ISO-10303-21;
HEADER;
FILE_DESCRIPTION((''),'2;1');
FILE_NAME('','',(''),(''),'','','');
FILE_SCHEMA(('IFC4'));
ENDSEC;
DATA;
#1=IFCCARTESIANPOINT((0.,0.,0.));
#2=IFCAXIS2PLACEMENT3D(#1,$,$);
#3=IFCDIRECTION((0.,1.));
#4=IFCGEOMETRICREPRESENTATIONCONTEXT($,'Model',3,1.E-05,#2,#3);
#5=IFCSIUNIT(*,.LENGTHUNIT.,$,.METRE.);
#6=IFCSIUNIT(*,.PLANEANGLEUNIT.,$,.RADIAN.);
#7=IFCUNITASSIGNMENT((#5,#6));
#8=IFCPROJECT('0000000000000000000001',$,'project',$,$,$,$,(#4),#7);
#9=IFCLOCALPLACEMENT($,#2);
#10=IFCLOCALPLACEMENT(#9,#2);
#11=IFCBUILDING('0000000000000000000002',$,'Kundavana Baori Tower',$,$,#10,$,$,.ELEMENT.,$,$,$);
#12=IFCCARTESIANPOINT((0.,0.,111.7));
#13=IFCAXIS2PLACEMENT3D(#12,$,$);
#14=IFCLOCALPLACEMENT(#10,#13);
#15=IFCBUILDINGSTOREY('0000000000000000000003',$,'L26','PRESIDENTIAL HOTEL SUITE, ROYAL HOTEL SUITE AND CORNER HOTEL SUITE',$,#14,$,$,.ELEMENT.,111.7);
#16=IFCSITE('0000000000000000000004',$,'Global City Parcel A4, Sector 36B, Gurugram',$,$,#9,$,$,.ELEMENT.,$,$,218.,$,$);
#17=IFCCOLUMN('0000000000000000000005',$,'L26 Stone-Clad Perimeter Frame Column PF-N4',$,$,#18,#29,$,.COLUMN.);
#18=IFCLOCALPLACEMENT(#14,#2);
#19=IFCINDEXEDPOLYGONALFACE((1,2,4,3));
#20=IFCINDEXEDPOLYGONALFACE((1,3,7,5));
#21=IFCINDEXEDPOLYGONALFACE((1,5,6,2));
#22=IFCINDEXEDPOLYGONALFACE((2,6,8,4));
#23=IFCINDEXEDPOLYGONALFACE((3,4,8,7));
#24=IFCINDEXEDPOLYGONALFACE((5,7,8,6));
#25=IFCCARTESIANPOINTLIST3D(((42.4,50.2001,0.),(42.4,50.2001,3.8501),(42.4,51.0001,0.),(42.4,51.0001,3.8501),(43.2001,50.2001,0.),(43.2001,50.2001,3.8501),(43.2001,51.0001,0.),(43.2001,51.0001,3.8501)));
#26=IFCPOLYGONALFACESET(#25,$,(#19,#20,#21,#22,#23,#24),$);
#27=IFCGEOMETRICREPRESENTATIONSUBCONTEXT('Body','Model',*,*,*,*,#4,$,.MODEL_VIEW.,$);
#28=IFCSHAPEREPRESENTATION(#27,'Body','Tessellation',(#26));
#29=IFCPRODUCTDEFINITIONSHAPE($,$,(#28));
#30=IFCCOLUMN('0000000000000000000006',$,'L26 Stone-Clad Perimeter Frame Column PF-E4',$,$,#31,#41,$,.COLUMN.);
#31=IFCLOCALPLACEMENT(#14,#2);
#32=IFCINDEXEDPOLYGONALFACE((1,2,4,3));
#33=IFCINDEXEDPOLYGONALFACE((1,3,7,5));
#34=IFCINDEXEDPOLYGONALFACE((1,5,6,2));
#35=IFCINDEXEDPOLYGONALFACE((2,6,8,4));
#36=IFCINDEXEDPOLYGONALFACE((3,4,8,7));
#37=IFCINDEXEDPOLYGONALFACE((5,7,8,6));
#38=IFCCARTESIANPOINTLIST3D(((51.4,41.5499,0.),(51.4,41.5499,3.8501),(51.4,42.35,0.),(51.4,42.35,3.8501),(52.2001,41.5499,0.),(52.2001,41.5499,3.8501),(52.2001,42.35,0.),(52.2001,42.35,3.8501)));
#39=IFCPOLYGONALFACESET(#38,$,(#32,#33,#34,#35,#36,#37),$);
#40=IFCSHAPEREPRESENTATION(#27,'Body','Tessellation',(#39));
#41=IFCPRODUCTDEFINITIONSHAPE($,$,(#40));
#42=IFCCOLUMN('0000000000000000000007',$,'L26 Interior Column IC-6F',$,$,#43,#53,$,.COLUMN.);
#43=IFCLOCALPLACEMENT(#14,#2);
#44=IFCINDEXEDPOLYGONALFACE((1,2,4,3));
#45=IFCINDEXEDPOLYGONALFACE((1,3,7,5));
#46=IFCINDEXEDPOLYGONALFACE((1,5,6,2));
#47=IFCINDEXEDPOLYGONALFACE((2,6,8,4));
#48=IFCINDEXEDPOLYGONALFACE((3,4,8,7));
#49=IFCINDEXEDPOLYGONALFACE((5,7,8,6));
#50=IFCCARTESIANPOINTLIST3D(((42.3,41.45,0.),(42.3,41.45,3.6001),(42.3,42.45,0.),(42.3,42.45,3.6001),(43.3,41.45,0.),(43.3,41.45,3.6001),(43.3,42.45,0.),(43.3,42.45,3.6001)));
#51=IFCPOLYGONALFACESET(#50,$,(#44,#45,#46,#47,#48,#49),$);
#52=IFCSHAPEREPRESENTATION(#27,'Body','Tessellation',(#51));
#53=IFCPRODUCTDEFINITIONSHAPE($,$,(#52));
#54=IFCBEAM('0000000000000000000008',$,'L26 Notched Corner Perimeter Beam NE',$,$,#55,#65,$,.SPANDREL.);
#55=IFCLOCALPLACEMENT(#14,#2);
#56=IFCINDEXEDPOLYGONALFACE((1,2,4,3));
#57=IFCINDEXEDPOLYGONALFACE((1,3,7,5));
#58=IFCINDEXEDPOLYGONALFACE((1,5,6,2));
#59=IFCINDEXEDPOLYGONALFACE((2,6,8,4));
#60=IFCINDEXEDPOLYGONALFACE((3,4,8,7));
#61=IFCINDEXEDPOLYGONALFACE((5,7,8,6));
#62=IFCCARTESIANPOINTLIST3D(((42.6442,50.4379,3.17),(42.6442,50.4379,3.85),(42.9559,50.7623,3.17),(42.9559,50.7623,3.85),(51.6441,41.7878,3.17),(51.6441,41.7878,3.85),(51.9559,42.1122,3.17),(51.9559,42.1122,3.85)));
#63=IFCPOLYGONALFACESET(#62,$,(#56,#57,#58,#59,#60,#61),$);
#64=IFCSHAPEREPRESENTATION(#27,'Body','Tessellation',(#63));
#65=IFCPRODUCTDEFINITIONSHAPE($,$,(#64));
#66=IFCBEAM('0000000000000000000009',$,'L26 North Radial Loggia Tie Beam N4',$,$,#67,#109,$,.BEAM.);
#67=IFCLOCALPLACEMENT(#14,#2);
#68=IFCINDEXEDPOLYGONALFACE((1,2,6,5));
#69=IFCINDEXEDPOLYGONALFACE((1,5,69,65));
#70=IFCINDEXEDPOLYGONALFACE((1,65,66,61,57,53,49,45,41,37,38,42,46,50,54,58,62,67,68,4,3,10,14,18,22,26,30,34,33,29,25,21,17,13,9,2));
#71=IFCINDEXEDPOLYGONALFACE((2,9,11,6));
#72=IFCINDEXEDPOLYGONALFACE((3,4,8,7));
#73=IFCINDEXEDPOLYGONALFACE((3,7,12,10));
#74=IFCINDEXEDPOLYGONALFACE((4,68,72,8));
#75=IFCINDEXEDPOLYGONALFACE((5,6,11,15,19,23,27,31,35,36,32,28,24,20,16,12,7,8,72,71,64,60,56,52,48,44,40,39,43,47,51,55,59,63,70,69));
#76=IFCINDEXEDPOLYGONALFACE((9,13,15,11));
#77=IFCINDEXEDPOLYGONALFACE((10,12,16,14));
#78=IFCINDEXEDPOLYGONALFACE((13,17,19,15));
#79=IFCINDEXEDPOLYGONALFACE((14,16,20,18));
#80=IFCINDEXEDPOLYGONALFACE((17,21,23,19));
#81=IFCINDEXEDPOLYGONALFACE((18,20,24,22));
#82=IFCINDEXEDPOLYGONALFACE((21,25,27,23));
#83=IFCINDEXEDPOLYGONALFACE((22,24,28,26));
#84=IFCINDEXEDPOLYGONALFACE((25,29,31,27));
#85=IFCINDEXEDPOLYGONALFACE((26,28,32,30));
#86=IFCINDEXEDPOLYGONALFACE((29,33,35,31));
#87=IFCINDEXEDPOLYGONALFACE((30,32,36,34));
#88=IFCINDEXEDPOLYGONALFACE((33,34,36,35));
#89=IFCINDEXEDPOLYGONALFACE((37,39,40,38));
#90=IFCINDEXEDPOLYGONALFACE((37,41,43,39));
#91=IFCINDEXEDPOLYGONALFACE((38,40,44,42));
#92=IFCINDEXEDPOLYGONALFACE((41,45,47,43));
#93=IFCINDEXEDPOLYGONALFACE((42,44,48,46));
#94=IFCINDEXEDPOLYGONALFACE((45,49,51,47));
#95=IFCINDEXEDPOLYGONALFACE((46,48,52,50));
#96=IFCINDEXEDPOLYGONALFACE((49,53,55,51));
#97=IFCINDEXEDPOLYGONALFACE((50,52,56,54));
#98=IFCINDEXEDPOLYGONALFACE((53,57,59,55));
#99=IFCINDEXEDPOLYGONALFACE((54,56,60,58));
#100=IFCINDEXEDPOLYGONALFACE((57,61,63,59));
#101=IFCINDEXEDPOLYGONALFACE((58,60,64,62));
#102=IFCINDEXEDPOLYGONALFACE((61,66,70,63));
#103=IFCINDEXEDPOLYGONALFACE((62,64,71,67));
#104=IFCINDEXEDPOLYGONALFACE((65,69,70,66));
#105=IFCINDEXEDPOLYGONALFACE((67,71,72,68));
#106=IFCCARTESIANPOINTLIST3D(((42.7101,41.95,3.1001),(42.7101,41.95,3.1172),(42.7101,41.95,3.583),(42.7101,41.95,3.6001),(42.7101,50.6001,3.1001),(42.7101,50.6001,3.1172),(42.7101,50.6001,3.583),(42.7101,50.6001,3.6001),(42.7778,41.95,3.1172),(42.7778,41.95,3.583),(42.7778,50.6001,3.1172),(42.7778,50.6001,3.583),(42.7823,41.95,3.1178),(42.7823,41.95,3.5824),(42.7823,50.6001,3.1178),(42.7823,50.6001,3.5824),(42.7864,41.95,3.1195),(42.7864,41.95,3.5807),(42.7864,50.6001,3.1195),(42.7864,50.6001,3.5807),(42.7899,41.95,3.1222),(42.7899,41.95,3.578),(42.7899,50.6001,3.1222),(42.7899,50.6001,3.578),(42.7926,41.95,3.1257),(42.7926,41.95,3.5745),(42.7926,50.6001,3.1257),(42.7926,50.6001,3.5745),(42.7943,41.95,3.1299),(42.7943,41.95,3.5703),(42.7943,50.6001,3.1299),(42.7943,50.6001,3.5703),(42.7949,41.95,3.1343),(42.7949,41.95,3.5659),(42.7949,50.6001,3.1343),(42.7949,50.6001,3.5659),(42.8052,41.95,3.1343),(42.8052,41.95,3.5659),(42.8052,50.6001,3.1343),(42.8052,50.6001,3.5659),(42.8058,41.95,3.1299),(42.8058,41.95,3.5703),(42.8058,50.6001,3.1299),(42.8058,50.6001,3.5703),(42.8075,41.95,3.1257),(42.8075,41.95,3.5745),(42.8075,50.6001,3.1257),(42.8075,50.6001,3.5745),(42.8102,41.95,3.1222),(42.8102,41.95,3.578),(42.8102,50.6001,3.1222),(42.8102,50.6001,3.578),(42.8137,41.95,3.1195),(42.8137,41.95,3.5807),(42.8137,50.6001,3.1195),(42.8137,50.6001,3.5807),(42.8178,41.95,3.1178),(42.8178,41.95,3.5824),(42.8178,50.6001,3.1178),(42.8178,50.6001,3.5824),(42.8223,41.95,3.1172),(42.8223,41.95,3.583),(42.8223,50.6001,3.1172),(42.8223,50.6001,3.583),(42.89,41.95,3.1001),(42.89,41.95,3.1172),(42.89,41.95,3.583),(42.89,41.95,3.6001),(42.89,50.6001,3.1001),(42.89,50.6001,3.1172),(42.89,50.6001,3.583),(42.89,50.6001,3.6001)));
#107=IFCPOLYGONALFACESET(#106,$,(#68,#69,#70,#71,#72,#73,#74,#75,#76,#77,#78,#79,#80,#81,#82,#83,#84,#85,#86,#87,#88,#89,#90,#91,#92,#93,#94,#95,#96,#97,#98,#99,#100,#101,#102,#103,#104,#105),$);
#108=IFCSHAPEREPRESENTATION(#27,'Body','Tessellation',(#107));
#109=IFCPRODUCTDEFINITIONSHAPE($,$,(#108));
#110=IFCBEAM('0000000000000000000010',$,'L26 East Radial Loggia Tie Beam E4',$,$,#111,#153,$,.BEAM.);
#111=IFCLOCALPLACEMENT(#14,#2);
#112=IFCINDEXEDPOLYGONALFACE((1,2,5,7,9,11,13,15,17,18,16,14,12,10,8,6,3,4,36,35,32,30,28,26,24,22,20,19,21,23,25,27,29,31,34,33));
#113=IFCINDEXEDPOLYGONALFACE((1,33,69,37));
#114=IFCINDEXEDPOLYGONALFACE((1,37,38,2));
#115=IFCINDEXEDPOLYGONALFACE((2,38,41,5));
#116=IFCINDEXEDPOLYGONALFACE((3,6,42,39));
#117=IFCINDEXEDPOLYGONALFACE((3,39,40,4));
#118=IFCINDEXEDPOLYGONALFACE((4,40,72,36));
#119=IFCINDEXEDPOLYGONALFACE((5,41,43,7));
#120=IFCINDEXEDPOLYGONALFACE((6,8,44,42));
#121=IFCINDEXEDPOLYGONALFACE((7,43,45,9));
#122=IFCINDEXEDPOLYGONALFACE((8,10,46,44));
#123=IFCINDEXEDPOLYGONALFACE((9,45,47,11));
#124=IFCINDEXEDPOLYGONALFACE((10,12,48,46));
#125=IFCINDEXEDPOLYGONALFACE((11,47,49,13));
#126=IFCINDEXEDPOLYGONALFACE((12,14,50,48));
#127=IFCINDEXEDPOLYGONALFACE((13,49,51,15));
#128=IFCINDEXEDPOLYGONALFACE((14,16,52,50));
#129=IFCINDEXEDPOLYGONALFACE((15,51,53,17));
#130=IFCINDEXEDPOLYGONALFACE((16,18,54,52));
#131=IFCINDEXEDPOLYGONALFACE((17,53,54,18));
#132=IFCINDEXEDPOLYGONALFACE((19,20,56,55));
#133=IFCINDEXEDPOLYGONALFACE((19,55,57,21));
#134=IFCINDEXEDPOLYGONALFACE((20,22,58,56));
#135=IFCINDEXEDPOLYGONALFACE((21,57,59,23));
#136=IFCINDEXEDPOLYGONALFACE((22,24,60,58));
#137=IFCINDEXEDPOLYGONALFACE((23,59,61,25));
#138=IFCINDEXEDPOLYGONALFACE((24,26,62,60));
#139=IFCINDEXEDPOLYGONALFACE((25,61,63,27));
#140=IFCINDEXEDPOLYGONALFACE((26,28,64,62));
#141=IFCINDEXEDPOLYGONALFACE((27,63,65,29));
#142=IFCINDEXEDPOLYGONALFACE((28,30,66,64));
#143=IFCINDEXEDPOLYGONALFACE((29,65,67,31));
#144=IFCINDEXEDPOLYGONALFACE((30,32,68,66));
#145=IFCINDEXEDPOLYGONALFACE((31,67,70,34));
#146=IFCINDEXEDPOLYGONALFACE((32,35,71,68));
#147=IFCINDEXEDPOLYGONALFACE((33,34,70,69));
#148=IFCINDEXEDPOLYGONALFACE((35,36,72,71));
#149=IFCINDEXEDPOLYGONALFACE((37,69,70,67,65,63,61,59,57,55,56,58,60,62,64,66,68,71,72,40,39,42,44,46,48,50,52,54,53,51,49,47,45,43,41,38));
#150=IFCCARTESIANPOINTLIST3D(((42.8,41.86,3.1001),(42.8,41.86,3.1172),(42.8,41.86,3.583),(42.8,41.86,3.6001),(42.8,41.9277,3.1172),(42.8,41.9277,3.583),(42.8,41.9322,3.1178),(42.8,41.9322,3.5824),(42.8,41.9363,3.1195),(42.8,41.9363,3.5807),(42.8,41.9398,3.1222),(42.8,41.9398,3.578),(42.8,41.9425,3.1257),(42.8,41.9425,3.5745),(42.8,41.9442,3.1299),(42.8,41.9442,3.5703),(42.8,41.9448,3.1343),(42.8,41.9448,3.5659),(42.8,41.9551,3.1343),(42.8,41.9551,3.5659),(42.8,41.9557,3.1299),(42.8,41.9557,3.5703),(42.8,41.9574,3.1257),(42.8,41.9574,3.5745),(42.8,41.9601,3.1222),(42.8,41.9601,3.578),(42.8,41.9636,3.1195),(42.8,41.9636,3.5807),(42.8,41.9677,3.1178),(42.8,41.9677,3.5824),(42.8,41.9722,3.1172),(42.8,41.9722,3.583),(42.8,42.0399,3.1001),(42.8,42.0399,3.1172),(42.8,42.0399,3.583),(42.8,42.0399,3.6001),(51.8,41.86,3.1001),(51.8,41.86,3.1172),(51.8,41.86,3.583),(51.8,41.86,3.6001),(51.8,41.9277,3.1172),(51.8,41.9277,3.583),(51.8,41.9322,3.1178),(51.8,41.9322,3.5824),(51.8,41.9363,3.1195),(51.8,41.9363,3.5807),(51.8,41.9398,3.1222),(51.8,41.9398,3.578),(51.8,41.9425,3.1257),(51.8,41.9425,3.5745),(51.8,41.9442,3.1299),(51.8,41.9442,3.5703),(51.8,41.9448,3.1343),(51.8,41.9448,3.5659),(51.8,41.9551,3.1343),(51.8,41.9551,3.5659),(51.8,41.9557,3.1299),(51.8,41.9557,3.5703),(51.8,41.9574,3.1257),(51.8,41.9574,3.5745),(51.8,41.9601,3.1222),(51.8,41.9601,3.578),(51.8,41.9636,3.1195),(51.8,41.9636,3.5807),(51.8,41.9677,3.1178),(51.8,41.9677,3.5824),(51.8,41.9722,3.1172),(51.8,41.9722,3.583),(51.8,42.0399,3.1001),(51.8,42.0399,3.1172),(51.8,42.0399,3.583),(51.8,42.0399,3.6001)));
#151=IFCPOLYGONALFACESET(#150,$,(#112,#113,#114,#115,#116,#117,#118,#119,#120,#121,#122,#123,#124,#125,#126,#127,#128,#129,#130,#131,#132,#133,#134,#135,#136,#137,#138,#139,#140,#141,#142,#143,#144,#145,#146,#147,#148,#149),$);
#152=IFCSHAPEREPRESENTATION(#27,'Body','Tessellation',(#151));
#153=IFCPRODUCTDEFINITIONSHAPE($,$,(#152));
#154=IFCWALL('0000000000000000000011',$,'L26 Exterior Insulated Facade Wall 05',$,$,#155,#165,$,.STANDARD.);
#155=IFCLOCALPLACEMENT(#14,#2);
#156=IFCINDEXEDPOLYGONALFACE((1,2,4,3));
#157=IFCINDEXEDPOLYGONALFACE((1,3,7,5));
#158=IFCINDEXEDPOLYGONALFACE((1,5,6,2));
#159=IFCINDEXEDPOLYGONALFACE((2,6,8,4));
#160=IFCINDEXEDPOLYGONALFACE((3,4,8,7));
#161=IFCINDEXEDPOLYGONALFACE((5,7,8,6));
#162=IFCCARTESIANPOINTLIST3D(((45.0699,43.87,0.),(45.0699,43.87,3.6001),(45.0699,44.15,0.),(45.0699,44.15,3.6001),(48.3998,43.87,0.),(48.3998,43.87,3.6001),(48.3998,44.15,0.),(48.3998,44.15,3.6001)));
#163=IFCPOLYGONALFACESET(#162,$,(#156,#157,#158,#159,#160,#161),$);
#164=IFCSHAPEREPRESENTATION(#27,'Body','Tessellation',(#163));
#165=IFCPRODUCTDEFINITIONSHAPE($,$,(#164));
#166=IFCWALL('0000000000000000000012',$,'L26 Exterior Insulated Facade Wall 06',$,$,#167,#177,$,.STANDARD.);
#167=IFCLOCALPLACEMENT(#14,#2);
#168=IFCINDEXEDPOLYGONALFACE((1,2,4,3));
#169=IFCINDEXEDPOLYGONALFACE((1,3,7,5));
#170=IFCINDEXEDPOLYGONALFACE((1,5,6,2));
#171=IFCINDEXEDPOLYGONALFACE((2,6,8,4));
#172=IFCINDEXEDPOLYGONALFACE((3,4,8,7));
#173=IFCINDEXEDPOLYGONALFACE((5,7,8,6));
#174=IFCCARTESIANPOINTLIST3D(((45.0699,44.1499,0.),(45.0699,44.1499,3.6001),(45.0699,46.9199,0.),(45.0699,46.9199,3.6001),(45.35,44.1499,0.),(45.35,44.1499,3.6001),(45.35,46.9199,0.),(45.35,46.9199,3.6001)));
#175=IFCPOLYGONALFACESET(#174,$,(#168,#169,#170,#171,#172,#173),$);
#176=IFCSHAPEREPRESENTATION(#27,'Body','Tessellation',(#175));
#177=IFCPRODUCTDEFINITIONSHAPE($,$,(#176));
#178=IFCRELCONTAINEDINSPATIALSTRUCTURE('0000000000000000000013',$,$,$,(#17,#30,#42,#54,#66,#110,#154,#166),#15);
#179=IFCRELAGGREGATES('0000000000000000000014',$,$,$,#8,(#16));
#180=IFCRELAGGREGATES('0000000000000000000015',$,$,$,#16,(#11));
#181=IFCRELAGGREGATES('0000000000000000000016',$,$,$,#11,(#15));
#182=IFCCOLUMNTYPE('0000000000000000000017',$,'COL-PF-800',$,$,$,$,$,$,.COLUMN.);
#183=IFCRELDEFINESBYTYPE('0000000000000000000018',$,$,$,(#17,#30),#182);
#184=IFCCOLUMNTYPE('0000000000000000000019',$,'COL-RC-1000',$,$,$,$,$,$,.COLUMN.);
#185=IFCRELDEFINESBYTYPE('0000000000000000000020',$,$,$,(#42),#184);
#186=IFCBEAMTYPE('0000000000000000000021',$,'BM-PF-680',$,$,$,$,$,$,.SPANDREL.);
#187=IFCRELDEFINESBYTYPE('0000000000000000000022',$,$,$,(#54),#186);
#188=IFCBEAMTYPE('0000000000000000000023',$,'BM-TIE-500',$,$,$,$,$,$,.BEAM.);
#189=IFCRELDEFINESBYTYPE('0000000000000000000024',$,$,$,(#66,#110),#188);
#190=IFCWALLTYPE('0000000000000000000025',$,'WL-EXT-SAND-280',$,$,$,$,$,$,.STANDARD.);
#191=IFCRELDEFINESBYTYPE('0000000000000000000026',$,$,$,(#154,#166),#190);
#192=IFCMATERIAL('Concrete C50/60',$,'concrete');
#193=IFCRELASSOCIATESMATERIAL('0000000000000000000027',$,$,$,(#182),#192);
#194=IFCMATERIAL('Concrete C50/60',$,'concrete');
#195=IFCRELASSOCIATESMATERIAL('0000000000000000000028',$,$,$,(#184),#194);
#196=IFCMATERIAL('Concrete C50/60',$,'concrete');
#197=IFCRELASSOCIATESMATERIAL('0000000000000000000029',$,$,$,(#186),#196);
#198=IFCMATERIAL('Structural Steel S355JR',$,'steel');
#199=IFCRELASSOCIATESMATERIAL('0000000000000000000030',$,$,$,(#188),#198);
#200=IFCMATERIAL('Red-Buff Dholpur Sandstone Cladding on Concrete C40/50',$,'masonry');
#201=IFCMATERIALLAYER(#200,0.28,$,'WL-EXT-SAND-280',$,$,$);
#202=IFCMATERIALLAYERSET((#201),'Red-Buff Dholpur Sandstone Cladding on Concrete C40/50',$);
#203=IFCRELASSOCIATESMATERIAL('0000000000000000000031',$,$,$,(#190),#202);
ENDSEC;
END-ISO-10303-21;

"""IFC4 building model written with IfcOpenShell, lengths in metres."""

from ifc_helpers import new_model, si_unit, direction, frame, frame_2d, origin, origin_2d, place, context, subcontext, project, spatial, rectangle, i_section, extrude, material, layer, layer_set, material_profile, profile_set, type_object, element, save


model = new_model("IFC4")

# Units and contexts
model_context = context("Model", 3, precision=1e-05, world=origin(), true_north=direction((0.0, 1.0)))
body_context = subcontext(model_context, "Body", "Model", "MODEL_VIEW")
ifc_project = project(units=[si_unit("LENGTHUNIT", "METRE"), si_unit("PLANEANGLEUNIT", "RADIAN")], contexts=[model_context])

# Site, building, storey
site_placement = place(None, origin())
site = spatial("IfcSite", under=ifc_project, at=site_placement, Name="Global City Parcel A4, Sector 36B, Gurugram", CompositionType="ELEMENT", RefElevation=218.0)
building_placement = place(site_placement, origin())
building = spatial("IfcBuilding", under=site, at=building_placement, Name="Kundavana Baori Tower", CompositionType="ELEMENT")
storey_placement = place(building_placement, frame((0.0, 0.0, 111.7)))
storey = spatial("IfcBuildingStorey", under=building, at=storey_placement, Name="L26", Description="PRESIDENTIAL HOTEL SUITE, ROYAL HOTEL SUITE AND CORNER HOTEL SUITE", CompositionType="ELEMENT", Elevation=111.7)

# Columns
ifc_material_1 = material(Name="Concrete C50/60", Category="concrete")
ifc_material_profile_1 = material_profile(ifc_material_1, rectangle(XDim=0.8, YDim=0.8, at=origin_2d()), Name="RC PF 800x800")
ifc_profile_set_1 = profile_set([ifc_material_profile_1], Name="Concrete C50/60")
column_type_1 = type_object("IfcColumnType", Name="COL-PF-800", PredefinedType="COLUMN", material=ifc_profile_set_1)
for number, where, z_axis, x_axis, name in (
    (1, (42.8, 50.6001, 0.0), (0.0, 0.0, 1.0), (1.0, 0.0, 0.0), "L26 Stone-Clad Perimeter Frame Column PF-N4"),
    (2, (51.8, 41.95, 0.0), (0.0, 0.0, 1.0), (1.0, 0.0, 0.0), "L26 Stone-Clad Perimeter Frame Column PF-E4"),
):
    element("IfcColumn", number, at=place(storey_placement, frame(where, z_axis=z_axis, x_axis=x_axis)), inside=storey, type_object=column_type_1, Name=name, PredefinedType="COLUMN", context=body_context, shape_type="SweptSolid", body=[
        extrude(rectangle(XDim=0.8, YDim=0.8, at=origin_2d()), origin(), (0.0, 0.0, 1.0), 3.8501),
    ])
ifc_material_2 = material(Name="Concrete C50/60", Category="concrete")
ifc_material_profile_2 = material_profile(ifc_material_2, rectangle(XDim=1.0, YDim=1.0, at=origin_2d()), Name="RC 1000x1000")
ifc_profile_set_2 = profile_set([ifc_material_profile_2], Name="Concrete C50/60")
column_type_2 = type_object("IfcColumnType", Name="COL-RC-1000", PredefinedType="COLUMN", material=ifc_profile_set_2)
column_placement = place(storey_placement, frame((42.8, 41.95, 0.0), z_axis=(0.0, 0.0, 1.0), x_axis=(1.0, 0.0, 0.0)))
element("IfcColumn", 3, at=column_placement, inside=storey, type_object=column_type_2, Name="L26 Interior Column IC-6F", PredefinedType="COLUMN", context=body_context, shape_type="SweptSolid", body=[
    extrude(rectangle(XDim=1.0, YDim=1.0, at=origin_2d()), origin(), (0.0, 0.0, 1.0), 3.6001),
])

# Beams
ifc_material_3 = material(Name="Concrete C50/60", Category="concrete")
ifc_material_profile_3 = material_profile(ifc_material_3, rectangle(XDim=0.45, YDim=0.6799, at=origin_2d()), Name="RC BM 450x680")
ifc_profile_set_3 = profile_set([ifc_material_profile_3], Name="Concrete C50/60")
beam_type_1 = type_object("IfcBeamType", Name="BM-PF-680", PredefinedType="SPANDREL", material=ifc_profile_set_3)
beam_1_placement = place(storey_placement, frame((42.8, 50.6001, 3.51), z_axis=(0.720981, -0.692955, 0.0), x_axis=(0.692955, 0.720981, 0.0)))
element("IfcBeam", 4, at=beam_1_placement, inside=storey, type_object=beam_type_1, Name="L26 Notched Corner Perimeter Beam NE", PredefinedType="SPANDREL", context=body_context, shape_type="SweptSolid", body=[
    extrude(rectangle(XDim=0.45, YDim=0.6799, at=origin_2d()), origin(), (0.0, 0.0, 1.0), 12.4829),
])
ifc_material_4 = material(Name="Structural Steel S355JR", Category="steel")
ifc_material_profile_4 = material_profile(ifc_material_4, i_section(OverallWidth=0.1799, OverallDepth=0.5, WebThickness=0.0103, FlangeThickness=0.0171, FilletRadius=0.0171, at=origin_2d()), Name="ISMB 500")
ifc_profile_set_4 = profile_set([ifc_material_profile_4], Name="Structural Steel S355JR")
beam_type_2 = type_object("IfcBeamType", Name="BM-TIE-500", PredefinedType="BEAM", material=ifc_profile_set_4)
beam_2_placement = place(storey_placement, frame((42.8, 41.95, 3.3501), z_axis=(0.0, 1.0, 0.0), x_axis=(-1.0, 0.0, 0.0)))
element("IfcBeam", 5, at=beam_2_placement, inside=storey, type_object=beam_type_2, Name="L26 North Radial Loggia Tie Beam N4", PredefinedType="BEAM", context=body_context, shape_type="SweptSolid", body=[
    extrude(i_section(OverallWidth=0.1799, OverallDepth=0.5, WebThickness=0.0103, FlangeThickness=0.0171, FilletRadius=0.0171, at=origin_2d()), origin(), (0.0, 0.0, 1.0), 8.6501),
])
beam_3_placement = place(storey_placement, frame((42.8, 41.95, 3.3501), z_axis=(1.0, 0.0, 0.0), x_axis=(0.0, 1.0, 0.0)))
element("IfcBeam", 6, at=beam_3_placement, inside=storey, type_object=beam_type_2, Name="L26 East Radial Loggia Tie Beam E4", PredefinedType="BEAM", context=body_context, shape_type="SweptSolid", body=[
    extrude(i_section(OverallWidth=0.1799, OverallDepth=0.5, WebThickness=0.0103, FlangeThickness=0.0171, FilletRadius=0.0171, at=origin_2d()), origin(), (0.0, 0.0, 1.0), 9.0),
])

# Walls
ifc_material_5 = material(Name="Red-Buff Dholpur Sandstone Cladding on Concrete C40/50", Category="masonry")
ifc_layer_1 = layer(ifc_material_5, 0.28, Name="WL-EXT-SAND-280")
ifc_layer_set_1 = layer_set([ifc_layer_1], Name="Red-Buff Dholpur Sandstone Cladding on Concrete C40/50")
wall_type_1 = type_object("IfcWallType", Name="WL-EXT-SAND-280", PredefinedType="STANDARD", material=ifc_layer_set_1)
wall_1_placement = place(storey_placement, frame((48.3999, 44.01, 0.0), z_axis=(0.0, 0.0, 1.0), x_axis=(-1.0, 0.0, 0.0)))
element("IfcWall", 7, at=wall_1_placement, inside=storey, type_object=wall_type_1, Name="L26 Exterior Insulated Facade Wall 05", PredefinedType="STANDARD", context=body_context, shape_type="SweptSolid", body=[
    extrude(rectangle(XDim=3.3298, YDim=0.28, at=frame_2d((1.665, 0.0))), origin(), (0.0, 0.0, 1.0), 3.6001),
])
wall_2_placement = place(storey_placement, frame((45.21, 44.1499, 0.0), z_axis=(0.0, 0.0, 1.0), x_axis=(0.0, 1.0, 0.0)))
element("IfcWall", 8, at=wall_2_placement, inside=storey, type_object=wall_type_1, Name="L26 Exterior Insulated Facade Wall 06", PredefinedType="STANDARD", context=body_context, shape_type="SweptSolid", body=[
    extrude(rectangle(XDim=2.77, YDim=0.28, at=frame_2d((1.385, 0.0))), origin(), (0.0, 0.0, 1.0), 3.6001),
])

save(model, "model.ifc")
